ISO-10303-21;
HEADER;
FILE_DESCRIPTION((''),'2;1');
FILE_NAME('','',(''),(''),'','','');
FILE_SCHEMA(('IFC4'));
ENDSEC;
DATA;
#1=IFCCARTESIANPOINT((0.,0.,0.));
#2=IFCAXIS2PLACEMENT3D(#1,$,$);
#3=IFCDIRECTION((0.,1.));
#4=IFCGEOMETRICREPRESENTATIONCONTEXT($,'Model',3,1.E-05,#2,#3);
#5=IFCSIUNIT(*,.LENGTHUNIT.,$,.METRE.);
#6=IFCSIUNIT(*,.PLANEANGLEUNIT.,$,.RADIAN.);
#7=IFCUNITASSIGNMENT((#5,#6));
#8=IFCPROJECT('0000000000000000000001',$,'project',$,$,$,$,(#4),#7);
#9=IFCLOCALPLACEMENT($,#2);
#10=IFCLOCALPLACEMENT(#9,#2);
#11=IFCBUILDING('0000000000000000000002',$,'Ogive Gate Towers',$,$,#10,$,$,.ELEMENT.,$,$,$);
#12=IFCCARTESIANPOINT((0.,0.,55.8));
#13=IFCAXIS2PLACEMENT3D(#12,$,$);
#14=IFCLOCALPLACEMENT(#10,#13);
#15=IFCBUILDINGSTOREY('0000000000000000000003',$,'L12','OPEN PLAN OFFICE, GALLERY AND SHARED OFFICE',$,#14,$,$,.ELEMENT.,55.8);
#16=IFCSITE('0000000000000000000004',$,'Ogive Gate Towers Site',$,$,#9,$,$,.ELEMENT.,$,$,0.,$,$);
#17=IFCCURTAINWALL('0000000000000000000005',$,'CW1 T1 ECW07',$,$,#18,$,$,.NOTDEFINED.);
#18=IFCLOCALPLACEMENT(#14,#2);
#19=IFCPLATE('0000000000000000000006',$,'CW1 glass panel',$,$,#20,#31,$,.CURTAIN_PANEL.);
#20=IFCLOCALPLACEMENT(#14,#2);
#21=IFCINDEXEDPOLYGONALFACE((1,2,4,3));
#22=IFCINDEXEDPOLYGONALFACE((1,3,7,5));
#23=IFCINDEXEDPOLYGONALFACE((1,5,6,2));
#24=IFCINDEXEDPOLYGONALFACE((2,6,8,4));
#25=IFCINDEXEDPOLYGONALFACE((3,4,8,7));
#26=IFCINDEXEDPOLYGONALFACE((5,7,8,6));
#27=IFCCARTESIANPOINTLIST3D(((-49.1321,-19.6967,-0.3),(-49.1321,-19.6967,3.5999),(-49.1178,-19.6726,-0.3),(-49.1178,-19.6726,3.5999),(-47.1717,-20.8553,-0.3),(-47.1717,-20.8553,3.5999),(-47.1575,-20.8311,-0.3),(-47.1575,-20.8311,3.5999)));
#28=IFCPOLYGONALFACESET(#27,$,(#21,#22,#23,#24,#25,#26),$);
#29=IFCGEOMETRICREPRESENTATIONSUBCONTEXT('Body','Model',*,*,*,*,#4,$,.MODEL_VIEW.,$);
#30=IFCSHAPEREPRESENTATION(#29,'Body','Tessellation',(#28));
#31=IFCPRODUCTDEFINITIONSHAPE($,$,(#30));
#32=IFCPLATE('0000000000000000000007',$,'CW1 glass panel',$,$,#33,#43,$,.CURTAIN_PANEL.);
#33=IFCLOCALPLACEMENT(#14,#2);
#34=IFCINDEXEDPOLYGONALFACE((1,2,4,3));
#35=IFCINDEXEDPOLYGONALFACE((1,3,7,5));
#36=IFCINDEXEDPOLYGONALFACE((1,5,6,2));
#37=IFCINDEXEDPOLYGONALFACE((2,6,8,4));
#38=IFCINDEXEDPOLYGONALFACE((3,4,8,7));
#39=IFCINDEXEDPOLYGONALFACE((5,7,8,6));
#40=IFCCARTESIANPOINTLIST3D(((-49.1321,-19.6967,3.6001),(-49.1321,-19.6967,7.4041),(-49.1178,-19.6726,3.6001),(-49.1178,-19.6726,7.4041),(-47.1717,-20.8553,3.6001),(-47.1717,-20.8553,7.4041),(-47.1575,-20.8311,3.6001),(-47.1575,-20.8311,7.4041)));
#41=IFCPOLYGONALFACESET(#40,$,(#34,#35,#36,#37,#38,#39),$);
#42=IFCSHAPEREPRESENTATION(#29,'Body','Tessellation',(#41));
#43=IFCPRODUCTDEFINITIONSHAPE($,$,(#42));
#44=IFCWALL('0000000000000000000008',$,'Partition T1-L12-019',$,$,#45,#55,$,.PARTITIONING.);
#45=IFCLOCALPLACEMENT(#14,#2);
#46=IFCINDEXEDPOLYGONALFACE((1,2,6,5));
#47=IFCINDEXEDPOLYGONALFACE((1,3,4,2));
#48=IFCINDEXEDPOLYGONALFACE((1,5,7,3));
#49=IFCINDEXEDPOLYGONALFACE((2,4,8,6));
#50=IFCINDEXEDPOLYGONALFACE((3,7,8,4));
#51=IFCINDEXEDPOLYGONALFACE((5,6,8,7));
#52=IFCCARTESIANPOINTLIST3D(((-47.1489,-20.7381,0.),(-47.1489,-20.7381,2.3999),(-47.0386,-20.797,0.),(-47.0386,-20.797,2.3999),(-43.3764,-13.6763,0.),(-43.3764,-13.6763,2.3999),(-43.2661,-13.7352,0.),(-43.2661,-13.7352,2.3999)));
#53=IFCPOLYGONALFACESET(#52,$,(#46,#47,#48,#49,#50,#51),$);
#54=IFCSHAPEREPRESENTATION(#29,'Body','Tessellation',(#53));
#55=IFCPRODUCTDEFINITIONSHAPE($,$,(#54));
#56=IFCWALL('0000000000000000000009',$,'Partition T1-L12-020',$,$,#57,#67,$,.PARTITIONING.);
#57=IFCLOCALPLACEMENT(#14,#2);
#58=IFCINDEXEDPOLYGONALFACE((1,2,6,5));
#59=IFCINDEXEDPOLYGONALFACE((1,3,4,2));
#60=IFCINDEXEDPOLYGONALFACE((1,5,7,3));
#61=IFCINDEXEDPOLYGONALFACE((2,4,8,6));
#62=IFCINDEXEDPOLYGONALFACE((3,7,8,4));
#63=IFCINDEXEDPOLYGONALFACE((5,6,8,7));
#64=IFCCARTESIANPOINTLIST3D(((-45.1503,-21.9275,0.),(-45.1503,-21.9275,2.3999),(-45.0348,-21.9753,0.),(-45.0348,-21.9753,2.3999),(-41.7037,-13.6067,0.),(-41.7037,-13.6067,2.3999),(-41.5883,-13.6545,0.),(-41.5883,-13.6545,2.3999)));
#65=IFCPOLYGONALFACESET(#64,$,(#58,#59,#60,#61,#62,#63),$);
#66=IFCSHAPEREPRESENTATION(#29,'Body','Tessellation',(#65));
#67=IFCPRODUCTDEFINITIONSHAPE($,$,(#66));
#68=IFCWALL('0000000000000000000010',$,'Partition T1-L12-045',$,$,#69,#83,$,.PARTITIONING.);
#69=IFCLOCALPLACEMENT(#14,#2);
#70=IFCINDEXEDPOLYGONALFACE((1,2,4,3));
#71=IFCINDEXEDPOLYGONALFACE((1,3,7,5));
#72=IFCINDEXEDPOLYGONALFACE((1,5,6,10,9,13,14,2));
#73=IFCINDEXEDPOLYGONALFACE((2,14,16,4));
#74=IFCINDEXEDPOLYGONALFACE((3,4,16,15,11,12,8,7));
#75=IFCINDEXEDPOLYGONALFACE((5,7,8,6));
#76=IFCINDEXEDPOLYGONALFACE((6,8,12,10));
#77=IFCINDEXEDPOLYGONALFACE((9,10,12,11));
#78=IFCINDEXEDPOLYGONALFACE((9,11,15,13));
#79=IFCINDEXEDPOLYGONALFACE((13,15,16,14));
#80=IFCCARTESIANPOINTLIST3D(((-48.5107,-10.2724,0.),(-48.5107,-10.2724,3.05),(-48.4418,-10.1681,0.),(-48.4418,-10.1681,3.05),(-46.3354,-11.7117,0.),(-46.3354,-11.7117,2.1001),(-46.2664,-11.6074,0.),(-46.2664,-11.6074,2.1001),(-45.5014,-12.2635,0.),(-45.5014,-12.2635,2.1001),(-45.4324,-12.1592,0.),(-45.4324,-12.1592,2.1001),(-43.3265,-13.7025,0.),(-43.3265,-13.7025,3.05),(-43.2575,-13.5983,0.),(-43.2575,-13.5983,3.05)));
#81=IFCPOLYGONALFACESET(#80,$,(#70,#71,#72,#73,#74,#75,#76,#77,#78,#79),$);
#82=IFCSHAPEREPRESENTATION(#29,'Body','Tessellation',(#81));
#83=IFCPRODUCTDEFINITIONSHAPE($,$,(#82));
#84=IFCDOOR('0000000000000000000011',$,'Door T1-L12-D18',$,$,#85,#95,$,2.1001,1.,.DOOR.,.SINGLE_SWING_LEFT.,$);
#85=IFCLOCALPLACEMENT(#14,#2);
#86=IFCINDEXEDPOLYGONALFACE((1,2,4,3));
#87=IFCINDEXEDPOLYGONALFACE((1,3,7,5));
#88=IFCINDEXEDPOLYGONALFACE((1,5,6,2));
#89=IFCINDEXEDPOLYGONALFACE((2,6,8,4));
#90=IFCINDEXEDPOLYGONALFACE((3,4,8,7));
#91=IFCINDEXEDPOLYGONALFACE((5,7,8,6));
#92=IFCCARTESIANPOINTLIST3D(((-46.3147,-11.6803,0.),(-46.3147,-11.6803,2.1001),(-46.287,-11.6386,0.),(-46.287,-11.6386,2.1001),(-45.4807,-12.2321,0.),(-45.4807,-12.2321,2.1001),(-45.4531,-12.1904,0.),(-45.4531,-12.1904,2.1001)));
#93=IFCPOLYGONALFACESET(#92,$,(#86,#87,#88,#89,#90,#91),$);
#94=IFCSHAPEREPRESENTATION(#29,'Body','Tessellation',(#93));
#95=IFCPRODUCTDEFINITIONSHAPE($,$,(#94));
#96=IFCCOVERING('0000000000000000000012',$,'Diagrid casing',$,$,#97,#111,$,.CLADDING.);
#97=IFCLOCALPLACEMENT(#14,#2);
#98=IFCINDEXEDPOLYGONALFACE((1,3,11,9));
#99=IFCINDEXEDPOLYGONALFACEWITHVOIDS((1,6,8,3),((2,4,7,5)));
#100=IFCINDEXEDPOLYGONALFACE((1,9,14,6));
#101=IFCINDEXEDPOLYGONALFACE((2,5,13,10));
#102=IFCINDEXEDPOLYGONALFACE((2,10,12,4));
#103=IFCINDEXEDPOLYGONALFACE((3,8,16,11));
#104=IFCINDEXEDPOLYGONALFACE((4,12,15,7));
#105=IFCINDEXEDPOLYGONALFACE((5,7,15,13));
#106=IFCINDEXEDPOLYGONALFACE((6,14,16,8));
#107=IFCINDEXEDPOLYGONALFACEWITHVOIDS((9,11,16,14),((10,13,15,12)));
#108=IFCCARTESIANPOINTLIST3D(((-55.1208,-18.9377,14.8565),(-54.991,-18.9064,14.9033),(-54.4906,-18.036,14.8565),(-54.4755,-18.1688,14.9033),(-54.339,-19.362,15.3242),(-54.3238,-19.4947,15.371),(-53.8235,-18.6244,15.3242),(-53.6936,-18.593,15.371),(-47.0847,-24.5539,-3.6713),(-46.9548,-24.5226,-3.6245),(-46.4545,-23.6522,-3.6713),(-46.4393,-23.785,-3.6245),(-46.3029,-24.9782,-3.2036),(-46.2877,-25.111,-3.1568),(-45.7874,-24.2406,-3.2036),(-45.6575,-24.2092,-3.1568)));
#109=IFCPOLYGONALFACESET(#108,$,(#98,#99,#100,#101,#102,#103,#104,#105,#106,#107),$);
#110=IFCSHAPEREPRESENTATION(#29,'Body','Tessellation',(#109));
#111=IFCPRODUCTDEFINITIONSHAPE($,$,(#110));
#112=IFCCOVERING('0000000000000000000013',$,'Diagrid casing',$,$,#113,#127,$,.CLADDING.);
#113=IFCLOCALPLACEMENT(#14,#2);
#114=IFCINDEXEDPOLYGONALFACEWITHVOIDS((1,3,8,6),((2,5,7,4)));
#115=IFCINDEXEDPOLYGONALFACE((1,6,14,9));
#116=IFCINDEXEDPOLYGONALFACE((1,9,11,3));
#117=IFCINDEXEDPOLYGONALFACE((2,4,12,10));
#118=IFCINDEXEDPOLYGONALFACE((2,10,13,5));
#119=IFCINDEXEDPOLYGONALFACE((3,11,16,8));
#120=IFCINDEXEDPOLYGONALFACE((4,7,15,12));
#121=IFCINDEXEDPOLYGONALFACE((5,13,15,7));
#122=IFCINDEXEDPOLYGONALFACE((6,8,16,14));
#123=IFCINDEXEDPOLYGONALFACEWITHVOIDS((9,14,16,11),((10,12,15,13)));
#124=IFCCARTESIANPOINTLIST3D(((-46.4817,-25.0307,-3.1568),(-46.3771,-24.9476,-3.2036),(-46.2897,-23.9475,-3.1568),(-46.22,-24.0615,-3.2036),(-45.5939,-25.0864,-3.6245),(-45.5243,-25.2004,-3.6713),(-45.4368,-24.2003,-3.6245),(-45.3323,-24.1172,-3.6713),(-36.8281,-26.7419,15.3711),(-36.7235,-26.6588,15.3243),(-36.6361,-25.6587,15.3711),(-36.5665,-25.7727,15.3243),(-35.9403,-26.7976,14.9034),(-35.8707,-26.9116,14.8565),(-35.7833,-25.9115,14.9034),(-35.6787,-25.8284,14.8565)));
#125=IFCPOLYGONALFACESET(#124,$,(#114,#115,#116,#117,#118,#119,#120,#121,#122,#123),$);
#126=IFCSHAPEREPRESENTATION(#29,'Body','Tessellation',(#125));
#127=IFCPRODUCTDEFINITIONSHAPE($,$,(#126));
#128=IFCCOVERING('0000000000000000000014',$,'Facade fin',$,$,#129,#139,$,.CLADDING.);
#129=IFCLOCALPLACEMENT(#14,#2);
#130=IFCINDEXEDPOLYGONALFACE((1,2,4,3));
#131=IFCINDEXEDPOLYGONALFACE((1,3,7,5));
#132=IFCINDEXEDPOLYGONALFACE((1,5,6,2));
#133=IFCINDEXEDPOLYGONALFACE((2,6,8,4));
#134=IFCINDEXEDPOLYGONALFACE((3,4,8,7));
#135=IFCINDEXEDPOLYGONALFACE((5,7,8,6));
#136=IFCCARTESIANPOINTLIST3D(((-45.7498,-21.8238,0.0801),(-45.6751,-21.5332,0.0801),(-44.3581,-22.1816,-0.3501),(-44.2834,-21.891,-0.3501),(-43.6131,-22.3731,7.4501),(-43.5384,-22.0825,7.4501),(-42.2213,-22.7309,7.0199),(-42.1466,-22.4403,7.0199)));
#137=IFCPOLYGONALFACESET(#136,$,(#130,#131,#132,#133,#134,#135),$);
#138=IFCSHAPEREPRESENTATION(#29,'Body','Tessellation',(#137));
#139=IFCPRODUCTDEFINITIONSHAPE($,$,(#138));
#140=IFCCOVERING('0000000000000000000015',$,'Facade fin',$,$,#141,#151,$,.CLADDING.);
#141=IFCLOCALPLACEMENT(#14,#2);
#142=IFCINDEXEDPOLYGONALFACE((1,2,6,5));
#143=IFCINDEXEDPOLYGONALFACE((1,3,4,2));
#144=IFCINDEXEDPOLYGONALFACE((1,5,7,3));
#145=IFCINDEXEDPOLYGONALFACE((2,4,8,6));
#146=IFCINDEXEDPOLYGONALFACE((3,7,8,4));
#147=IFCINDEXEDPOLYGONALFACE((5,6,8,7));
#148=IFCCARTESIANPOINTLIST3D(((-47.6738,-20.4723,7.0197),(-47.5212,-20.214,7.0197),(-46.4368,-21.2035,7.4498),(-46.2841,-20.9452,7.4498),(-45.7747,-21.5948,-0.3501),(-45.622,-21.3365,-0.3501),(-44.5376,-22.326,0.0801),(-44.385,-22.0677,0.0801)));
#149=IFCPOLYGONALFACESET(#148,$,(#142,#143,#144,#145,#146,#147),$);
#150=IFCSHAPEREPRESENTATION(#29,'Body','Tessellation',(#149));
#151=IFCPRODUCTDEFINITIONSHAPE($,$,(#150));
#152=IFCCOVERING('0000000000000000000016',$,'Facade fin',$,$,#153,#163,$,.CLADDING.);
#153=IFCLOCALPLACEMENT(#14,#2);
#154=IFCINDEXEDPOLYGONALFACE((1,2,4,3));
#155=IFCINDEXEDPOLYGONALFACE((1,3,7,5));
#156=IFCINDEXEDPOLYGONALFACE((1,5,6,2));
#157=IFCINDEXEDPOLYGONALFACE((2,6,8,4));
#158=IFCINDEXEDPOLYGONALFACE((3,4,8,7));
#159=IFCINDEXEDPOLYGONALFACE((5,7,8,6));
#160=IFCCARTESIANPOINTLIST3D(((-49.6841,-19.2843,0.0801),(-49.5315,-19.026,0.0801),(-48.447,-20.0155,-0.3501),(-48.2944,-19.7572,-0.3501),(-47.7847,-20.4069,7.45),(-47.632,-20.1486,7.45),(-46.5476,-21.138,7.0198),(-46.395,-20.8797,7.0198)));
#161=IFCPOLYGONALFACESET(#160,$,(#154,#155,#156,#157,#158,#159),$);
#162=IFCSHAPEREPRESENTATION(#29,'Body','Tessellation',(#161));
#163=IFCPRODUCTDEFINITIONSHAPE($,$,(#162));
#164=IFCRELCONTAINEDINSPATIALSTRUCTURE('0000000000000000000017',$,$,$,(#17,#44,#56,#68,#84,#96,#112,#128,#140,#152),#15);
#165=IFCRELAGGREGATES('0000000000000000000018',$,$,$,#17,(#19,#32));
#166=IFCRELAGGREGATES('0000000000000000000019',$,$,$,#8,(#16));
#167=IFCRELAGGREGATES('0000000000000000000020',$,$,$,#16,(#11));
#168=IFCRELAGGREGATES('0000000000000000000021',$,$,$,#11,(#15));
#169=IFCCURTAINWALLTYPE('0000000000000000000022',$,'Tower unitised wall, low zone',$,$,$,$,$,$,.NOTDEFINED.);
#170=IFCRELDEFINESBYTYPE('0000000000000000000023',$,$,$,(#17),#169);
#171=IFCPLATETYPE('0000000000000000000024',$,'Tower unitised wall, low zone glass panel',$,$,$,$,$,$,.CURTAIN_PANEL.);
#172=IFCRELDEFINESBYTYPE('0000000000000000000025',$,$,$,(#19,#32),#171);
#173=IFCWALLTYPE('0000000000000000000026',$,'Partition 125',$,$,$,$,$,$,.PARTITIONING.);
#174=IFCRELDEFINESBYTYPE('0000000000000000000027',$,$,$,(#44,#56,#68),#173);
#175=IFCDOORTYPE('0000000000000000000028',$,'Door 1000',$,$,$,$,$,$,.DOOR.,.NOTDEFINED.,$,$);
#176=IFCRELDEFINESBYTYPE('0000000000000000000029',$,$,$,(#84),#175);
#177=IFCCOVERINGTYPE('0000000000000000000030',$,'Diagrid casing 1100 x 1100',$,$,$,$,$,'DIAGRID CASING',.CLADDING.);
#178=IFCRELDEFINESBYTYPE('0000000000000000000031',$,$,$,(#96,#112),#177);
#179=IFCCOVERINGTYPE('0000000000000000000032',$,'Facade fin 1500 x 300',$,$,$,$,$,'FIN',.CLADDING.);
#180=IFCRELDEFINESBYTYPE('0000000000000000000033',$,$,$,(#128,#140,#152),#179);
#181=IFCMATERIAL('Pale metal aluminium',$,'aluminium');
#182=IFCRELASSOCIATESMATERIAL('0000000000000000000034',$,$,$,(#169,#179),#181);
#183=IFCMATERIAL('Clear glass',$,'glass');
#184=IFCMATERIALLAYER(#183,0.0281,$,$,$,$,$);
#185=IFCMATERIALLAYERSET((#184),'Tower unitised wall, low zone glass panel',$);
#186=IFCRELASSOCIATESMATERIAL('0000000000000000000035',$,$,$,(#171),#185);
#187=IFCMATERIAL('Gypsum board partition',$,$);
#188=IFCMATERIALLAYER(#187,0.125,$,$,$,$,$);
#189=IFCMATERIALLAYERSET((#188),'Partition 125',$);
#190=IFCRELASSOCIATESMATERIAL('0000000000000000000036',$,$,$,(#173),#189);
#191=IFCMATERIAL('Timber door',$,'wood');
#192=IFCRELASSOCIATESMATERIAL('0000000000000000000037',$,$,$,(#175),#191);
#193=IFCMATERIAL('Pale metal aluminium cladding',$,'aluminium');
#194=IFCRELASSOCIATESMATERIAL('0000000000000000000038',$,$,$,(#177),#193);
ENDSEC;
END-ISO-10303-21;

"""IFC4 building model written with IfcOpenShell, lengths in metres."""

from ifc_helpers import new_model, si_unit, direction, frame, frame_2d, origin, origin_2d, place, context, subcontext, project, spatial, rectangle, hollow_rectangle, extrude, material, layer, layer_set, material_profile, profile_set, type_object, element, fill, aggregate, save


model = new_model("IFC4")

# Units and contexts
model_context = context("Model", 3, precision=1e-05, world=origin(), true_north=direction((0.0, 1.0)))
body_context = subcontext(model_context, "Body", "Model", "MODEL_VIEW")
ifc_project = project(units=[si_unit("LENGTHUNIT", "METRE"), si_unit("PLANEANGLEUNIT", "RADIAN")], contexts=[model_context])

# Site, building, storey
site_placement = place(None, origin())
site = spatial("IfcSite", under=ifc_project, at=site_placement, Name="Ogive Gate Towers Site", CompositionType="ELEMENT", RefElevation=0.0)
building_placement = place(site_placement, origin())
building = spatial("IfcBuilding", under=site, at=building_placement, Name="Ogive Gate Towers", CompositionType="ELEMENT")
storey_placement = place(building_placement, frame((0.0, 0.0, 55.8)))
storey = spatial("IfcBuildingStorey", under=building, at=storey_placement, Name="L12", Description="OPEN PLAN OFFICE, GALLERY AND SHARED OFFICE", CompositionType="ELEMENT", Elevation=55.8)

# Curtain wall, plates
ifc_material_1 = material(Name="Pale metal aluminium", Category="aluminium")
curtain_wall_type = type_object("IfcCurtainWallType", Name="Tower unitised wall, low zone", PredefinedType="NOTDEFINED", material=ifc_material_1)
curtain_wall_placement = place(storey_placement, origin())
curtain_wall = element("IfcCurtainWall", 1, at=curtain_wall_placement, inside=storey, type_object=curtain_wall_type, Name="CW1 T1 ECW07", PredefinedType="NOTDEFINED")
ifc_material_2 = material(Name="Clear glass", Category="glass")
ifc_layer_1 = layer(ifc_material_2, 0.0281)
ifc_layer_set_1 = layer_set([ifc_layer_1], Name="Tower unitised wall, low zone glass panel")
plate_type = type_object("IfcPlateType", Name="Tower unitised wall, low zone glass panel", PredefinedType="CURTAIN_PANEL", material=ifc_layer_set_1)
plate_1_placement = place(storey_placement, frame((-48.1448, -20.2639, -0.3), z_axis=(0.0, 0.0, 1.0), x_axis=(-0.860902, 0.508771, 0.0)))
plate_1 = element("IfcPlate", 2, at=plate_1_placement, type_object=plate_type, Name="CW1 glass panel", PredefinedType="CURTAIN_PANEL", context=body_context, shape_type="SweptSolid", body=[
    extrude(rectangle(XDim=2.2771, YDim=0.0281, at=origin_2d()), origin(), (0.0, 0.0, 1.0), 3.8999),
])
plate_2_placement = place(storey_placement, frame((-48.1448, -20.2639, 3.6001), z_axis=(0.0, 0.0, 1.0), x_axis=(-0.860902, 0.508771, 0.0)))
plate_2 = element("IfcPlate", 3, at=plate_2_placement, type_object=plate_type, Name="CW1 glass panel", PredefinedType="CURTAIN_PANEL", context=body_context, shape_type="SweptSolid", body=[
    extrude(rectangle(XDim=2.2771, YDim=0.0281, at=origin_2d()), origin(), (0.0, 0.0, 1.0), 3.804),
])
aggregate(curtain_wall, [plate_1, plate_2])

# Walls
ifc_material_3 = material(Name="Gypsum board partition")
ifc_layer_2 = layer(ifc_material_3, 0.125)
ifc_layer_set_2 = layer_set([ifc_layer_2], Name="Partition 125")
wall_type = type_object("IfcWallType", Name="Partition 125", PredefinedType="PARTITIONING", material=ifc_layer_set_2)
wall_1_placement = place(storey_placement, frame((-47.0938, -20.7676, 0.0), z_axis=(0.0, 0.0, 1.0), x_axis=(0.47119, 0.882032, 0.0)))
element("IfcWall", 4, at=wall_1_placement, inside=storey, type_object=wall_type, Name="Partition T1-L12-019", PredefinedType="PARTITIONING", context=body_context, shape_type="SweptSolid", body=[
    extrude(rectangle(XDim=8.0063, YDim=0.125, at=frame_2d((4.0032, 0.0))), origin(), (0.0, 0.0, 1.0), 2.3999),
])
wall_2_placement = place(storey_placement, frame((-45.0925, -21.9514, 0.0), z_axis=(0.0, 0.0, 1.0), x_axis=(0.382678, 0.923882, 0.0)))
element("IfcWall", 5, at=wall_2_placement, inside=storey, type_object=wall_type, Name="Partition T1-L12-020", PredefinedType="PARTITIONING", context=body_context, shape_type="SweptSolid", body=[
    extrude(rectangle(XDim=9.0063, YDim=0.125, at=frame_2d((4.5032, 0.0))), origin(), (0.0, 0.0, 1.0), 2.3999),
])

# Wall, opening, door
wall_3_placement = place(storey_placement, frame((-43.292, -13.6504, 0.0), z_axis=(0.0, 0.0, 1.0), x_axis=(-0.833979, 0.551797, 0.0)))
wall_3 = element("IfcWall", 6, at=wall_3_placement, inside=storey, type_object=wall_type, Name="Partition T1-L12-045", PredefinedType="PARTITIONING", context=body_context, shape_type="SweptSolid", body=[
    extrude(rectangle(XDim=6.2163, YDim=0.125, at=frame_2d((3.1082, 0.0))), origin(), (0.0, 0.0, 1.0), 3.05),
])
opening_placement = place(wall_3_placement, frame((2.6079, 0.0, 0.0)))
opening = element("IfcOpeningElement", 7, at=opening_placement, cuts=wall_3, PredefinedType="OPENING", context=body_context, shape_type="SweptSolid", body=[
    extrude(rectangle(XDim=1.0, YDim=2.1001, at=frame_2d((0.5, 1.05))), frame((0.0, 0.0725, 0.0), z_axis=(0.0, -1.0, 0.0), x_axis=(1.0, 0.0, 0.0)), (0.0, 0.0, 1.0), 0.145),
])
ifc_material_4 = material(Name="Timber door", Category="wood")
door_type = type_object("IfcDoorType", Name="Door 1000", OperationType="NOTDEFINED", PredefinedType="DOOR", material=ifc_material_4)
door_placement = place(opening_placement, origin())
door = element("IfcDoor", 8, at=door_placement, inside=storey, type_object=door_type, Name="Door T1-L12-D18", OperationType="SINGLE_SWING_LEFT", OverallHeight=2.1001, OverallWidth=1.0, PredefinedType="DOOR", context=body_context, shape_type="SweptSolid", body=[
    extrude(rectangle(XDim=1.0, YDim=2.1001, at=frame_2d((0.5, 1.05))), frame((0.0, 0.0249, 0.0), z_axis=(0.0, -1.0, 0.0), x_axis=(1.0, 0.0, 0.0)), (0.0, 0.0, 1.0), 0.05),
])
fill(opening, door)

# Coverings
ifc_material_5 = material(Name="Pale metal aluminium cladding", Category="aluminium")
ifc_material_profile_1 = material_profile(ifc_material_5, hollow_rectangle(XDim=1.1001, YDim=1.1001, WallThickness=0.1001, at=origin_2d()), Name="1100 x 1100 pale metal casing")
ifc_profile_set_1 = profile_set([ifc_material_profile_1], Name="Pale metal aluminium cladding")
covering_type_1 = type_object("IfcCoveringType", Name="Diagrid casing 1100 x 1100", ElementType="DIAGRID CASING", PredefinedType="CLADDING", material=ifc_profile_set_1)
for number, where, z_axis, x_axis, name in (
    (9, (-46.3711, -24.3816, -3.4141), (-0.383368, 0.267925, 0.883881), (-0.57284, -0.819667, 0.0), "Diagrid casing"),
    (10, (-45.907, -24.574, -3.4141), (0.46053, -0.081633, 0.883883), (0.174538, 0.98465, 0.0), "Diagrid casing"),
):
    element("IfcCovering", number, at=place(storey_placement, frame(where, z_axis=z_axis, x_axis=x_axis)), inside=storey, type_object=covering_type_1, Name=name, PredefinedType="CLADDING", context=body_context, shape_type="SweptSolid", body=[
        extrude(hollow_rectangle(XDim=1.1001, YDim=1.1001, WallThickness=0.1001, at=origin_2d()), origin(), (0.0, 0.0, 1.0), 20.9619),
    ])
ifc_material_profile_2 = material_profile(ifc_material_1, rectangle(XDim=0.3, YDim=1.5, at=origin_2d()), Name="1500 x 300 pale metal aluminium")
ifc_profile_set_2 = profile_set([ifc_material_profile_2], Name="Pale metal aluminium")
covering_type_2 = type_object("IfcCoveringType", Name="Facade fin 1500 x 300", ElementType="FIN", PredefinedType="CLADDING", material=ifc_profile_set_2)
covering_1_placement = place(storey_placement, frame((-45.0166, -21.8574, -0.135), z_axis=(0.277748, -0.071405, 0.957997), x_axis=(0.248988, 0.968507, 0.0)))
element("IfcCovering", 11, at=covering_1_placement, inside=storey, type_object=covering_type_2, Name="Facade fin", PredefinedType="CLADDING", context=body_context, shape_type="SweptSolid", body=[
    extrude(rectangle(XDim=0.3, YDim=1.5, at=origin_2d()), origin(), (0.0, 0.0, 1.0), 7.6931),
])
covering_2_placement = place(storey_placement, frame((-45.0798, -21.8313, -0.135), z_axis=(-0.24687, 0.14592, 0.957999), x_axis=(-0.508837, -0.860863, 0.0)))
element("IfcCovering", 12, at=covering_2_placement, inside=storey, type_object=covering_type_2, Name="Facade fin", PredefinedType="CLADDING", context=body_context, shape_type="SweptSolid", body=[
    extrude(rectangle(XDim=0.3, YDim=1.5, at=origin_2d()), origin(), (0.0, 0.0, 1.0), 7.6929),
])
covering_3_placement = place(storey_placement, frame((-48.9893, -19.5208, -0.135), z_axis=(0.2469, -0.145919, 0.957992), x_axis=(0.508789, 0.860891, 0.0)))
element("IfcCovering", 13, at=covering_3_placement, inside=storey, type_object=covering_type_2, Name="Facade fin", PredefinedType="CLADDING", context=body_context, shape_type="SweptSolid", body=[
    extrude(rectangle(XDim=0.3, YDim=1.5, at=origin_2d()), origin(), (0.0, 0.0, 1.0), 7.6931),
])

save(model, "model.ifc")
